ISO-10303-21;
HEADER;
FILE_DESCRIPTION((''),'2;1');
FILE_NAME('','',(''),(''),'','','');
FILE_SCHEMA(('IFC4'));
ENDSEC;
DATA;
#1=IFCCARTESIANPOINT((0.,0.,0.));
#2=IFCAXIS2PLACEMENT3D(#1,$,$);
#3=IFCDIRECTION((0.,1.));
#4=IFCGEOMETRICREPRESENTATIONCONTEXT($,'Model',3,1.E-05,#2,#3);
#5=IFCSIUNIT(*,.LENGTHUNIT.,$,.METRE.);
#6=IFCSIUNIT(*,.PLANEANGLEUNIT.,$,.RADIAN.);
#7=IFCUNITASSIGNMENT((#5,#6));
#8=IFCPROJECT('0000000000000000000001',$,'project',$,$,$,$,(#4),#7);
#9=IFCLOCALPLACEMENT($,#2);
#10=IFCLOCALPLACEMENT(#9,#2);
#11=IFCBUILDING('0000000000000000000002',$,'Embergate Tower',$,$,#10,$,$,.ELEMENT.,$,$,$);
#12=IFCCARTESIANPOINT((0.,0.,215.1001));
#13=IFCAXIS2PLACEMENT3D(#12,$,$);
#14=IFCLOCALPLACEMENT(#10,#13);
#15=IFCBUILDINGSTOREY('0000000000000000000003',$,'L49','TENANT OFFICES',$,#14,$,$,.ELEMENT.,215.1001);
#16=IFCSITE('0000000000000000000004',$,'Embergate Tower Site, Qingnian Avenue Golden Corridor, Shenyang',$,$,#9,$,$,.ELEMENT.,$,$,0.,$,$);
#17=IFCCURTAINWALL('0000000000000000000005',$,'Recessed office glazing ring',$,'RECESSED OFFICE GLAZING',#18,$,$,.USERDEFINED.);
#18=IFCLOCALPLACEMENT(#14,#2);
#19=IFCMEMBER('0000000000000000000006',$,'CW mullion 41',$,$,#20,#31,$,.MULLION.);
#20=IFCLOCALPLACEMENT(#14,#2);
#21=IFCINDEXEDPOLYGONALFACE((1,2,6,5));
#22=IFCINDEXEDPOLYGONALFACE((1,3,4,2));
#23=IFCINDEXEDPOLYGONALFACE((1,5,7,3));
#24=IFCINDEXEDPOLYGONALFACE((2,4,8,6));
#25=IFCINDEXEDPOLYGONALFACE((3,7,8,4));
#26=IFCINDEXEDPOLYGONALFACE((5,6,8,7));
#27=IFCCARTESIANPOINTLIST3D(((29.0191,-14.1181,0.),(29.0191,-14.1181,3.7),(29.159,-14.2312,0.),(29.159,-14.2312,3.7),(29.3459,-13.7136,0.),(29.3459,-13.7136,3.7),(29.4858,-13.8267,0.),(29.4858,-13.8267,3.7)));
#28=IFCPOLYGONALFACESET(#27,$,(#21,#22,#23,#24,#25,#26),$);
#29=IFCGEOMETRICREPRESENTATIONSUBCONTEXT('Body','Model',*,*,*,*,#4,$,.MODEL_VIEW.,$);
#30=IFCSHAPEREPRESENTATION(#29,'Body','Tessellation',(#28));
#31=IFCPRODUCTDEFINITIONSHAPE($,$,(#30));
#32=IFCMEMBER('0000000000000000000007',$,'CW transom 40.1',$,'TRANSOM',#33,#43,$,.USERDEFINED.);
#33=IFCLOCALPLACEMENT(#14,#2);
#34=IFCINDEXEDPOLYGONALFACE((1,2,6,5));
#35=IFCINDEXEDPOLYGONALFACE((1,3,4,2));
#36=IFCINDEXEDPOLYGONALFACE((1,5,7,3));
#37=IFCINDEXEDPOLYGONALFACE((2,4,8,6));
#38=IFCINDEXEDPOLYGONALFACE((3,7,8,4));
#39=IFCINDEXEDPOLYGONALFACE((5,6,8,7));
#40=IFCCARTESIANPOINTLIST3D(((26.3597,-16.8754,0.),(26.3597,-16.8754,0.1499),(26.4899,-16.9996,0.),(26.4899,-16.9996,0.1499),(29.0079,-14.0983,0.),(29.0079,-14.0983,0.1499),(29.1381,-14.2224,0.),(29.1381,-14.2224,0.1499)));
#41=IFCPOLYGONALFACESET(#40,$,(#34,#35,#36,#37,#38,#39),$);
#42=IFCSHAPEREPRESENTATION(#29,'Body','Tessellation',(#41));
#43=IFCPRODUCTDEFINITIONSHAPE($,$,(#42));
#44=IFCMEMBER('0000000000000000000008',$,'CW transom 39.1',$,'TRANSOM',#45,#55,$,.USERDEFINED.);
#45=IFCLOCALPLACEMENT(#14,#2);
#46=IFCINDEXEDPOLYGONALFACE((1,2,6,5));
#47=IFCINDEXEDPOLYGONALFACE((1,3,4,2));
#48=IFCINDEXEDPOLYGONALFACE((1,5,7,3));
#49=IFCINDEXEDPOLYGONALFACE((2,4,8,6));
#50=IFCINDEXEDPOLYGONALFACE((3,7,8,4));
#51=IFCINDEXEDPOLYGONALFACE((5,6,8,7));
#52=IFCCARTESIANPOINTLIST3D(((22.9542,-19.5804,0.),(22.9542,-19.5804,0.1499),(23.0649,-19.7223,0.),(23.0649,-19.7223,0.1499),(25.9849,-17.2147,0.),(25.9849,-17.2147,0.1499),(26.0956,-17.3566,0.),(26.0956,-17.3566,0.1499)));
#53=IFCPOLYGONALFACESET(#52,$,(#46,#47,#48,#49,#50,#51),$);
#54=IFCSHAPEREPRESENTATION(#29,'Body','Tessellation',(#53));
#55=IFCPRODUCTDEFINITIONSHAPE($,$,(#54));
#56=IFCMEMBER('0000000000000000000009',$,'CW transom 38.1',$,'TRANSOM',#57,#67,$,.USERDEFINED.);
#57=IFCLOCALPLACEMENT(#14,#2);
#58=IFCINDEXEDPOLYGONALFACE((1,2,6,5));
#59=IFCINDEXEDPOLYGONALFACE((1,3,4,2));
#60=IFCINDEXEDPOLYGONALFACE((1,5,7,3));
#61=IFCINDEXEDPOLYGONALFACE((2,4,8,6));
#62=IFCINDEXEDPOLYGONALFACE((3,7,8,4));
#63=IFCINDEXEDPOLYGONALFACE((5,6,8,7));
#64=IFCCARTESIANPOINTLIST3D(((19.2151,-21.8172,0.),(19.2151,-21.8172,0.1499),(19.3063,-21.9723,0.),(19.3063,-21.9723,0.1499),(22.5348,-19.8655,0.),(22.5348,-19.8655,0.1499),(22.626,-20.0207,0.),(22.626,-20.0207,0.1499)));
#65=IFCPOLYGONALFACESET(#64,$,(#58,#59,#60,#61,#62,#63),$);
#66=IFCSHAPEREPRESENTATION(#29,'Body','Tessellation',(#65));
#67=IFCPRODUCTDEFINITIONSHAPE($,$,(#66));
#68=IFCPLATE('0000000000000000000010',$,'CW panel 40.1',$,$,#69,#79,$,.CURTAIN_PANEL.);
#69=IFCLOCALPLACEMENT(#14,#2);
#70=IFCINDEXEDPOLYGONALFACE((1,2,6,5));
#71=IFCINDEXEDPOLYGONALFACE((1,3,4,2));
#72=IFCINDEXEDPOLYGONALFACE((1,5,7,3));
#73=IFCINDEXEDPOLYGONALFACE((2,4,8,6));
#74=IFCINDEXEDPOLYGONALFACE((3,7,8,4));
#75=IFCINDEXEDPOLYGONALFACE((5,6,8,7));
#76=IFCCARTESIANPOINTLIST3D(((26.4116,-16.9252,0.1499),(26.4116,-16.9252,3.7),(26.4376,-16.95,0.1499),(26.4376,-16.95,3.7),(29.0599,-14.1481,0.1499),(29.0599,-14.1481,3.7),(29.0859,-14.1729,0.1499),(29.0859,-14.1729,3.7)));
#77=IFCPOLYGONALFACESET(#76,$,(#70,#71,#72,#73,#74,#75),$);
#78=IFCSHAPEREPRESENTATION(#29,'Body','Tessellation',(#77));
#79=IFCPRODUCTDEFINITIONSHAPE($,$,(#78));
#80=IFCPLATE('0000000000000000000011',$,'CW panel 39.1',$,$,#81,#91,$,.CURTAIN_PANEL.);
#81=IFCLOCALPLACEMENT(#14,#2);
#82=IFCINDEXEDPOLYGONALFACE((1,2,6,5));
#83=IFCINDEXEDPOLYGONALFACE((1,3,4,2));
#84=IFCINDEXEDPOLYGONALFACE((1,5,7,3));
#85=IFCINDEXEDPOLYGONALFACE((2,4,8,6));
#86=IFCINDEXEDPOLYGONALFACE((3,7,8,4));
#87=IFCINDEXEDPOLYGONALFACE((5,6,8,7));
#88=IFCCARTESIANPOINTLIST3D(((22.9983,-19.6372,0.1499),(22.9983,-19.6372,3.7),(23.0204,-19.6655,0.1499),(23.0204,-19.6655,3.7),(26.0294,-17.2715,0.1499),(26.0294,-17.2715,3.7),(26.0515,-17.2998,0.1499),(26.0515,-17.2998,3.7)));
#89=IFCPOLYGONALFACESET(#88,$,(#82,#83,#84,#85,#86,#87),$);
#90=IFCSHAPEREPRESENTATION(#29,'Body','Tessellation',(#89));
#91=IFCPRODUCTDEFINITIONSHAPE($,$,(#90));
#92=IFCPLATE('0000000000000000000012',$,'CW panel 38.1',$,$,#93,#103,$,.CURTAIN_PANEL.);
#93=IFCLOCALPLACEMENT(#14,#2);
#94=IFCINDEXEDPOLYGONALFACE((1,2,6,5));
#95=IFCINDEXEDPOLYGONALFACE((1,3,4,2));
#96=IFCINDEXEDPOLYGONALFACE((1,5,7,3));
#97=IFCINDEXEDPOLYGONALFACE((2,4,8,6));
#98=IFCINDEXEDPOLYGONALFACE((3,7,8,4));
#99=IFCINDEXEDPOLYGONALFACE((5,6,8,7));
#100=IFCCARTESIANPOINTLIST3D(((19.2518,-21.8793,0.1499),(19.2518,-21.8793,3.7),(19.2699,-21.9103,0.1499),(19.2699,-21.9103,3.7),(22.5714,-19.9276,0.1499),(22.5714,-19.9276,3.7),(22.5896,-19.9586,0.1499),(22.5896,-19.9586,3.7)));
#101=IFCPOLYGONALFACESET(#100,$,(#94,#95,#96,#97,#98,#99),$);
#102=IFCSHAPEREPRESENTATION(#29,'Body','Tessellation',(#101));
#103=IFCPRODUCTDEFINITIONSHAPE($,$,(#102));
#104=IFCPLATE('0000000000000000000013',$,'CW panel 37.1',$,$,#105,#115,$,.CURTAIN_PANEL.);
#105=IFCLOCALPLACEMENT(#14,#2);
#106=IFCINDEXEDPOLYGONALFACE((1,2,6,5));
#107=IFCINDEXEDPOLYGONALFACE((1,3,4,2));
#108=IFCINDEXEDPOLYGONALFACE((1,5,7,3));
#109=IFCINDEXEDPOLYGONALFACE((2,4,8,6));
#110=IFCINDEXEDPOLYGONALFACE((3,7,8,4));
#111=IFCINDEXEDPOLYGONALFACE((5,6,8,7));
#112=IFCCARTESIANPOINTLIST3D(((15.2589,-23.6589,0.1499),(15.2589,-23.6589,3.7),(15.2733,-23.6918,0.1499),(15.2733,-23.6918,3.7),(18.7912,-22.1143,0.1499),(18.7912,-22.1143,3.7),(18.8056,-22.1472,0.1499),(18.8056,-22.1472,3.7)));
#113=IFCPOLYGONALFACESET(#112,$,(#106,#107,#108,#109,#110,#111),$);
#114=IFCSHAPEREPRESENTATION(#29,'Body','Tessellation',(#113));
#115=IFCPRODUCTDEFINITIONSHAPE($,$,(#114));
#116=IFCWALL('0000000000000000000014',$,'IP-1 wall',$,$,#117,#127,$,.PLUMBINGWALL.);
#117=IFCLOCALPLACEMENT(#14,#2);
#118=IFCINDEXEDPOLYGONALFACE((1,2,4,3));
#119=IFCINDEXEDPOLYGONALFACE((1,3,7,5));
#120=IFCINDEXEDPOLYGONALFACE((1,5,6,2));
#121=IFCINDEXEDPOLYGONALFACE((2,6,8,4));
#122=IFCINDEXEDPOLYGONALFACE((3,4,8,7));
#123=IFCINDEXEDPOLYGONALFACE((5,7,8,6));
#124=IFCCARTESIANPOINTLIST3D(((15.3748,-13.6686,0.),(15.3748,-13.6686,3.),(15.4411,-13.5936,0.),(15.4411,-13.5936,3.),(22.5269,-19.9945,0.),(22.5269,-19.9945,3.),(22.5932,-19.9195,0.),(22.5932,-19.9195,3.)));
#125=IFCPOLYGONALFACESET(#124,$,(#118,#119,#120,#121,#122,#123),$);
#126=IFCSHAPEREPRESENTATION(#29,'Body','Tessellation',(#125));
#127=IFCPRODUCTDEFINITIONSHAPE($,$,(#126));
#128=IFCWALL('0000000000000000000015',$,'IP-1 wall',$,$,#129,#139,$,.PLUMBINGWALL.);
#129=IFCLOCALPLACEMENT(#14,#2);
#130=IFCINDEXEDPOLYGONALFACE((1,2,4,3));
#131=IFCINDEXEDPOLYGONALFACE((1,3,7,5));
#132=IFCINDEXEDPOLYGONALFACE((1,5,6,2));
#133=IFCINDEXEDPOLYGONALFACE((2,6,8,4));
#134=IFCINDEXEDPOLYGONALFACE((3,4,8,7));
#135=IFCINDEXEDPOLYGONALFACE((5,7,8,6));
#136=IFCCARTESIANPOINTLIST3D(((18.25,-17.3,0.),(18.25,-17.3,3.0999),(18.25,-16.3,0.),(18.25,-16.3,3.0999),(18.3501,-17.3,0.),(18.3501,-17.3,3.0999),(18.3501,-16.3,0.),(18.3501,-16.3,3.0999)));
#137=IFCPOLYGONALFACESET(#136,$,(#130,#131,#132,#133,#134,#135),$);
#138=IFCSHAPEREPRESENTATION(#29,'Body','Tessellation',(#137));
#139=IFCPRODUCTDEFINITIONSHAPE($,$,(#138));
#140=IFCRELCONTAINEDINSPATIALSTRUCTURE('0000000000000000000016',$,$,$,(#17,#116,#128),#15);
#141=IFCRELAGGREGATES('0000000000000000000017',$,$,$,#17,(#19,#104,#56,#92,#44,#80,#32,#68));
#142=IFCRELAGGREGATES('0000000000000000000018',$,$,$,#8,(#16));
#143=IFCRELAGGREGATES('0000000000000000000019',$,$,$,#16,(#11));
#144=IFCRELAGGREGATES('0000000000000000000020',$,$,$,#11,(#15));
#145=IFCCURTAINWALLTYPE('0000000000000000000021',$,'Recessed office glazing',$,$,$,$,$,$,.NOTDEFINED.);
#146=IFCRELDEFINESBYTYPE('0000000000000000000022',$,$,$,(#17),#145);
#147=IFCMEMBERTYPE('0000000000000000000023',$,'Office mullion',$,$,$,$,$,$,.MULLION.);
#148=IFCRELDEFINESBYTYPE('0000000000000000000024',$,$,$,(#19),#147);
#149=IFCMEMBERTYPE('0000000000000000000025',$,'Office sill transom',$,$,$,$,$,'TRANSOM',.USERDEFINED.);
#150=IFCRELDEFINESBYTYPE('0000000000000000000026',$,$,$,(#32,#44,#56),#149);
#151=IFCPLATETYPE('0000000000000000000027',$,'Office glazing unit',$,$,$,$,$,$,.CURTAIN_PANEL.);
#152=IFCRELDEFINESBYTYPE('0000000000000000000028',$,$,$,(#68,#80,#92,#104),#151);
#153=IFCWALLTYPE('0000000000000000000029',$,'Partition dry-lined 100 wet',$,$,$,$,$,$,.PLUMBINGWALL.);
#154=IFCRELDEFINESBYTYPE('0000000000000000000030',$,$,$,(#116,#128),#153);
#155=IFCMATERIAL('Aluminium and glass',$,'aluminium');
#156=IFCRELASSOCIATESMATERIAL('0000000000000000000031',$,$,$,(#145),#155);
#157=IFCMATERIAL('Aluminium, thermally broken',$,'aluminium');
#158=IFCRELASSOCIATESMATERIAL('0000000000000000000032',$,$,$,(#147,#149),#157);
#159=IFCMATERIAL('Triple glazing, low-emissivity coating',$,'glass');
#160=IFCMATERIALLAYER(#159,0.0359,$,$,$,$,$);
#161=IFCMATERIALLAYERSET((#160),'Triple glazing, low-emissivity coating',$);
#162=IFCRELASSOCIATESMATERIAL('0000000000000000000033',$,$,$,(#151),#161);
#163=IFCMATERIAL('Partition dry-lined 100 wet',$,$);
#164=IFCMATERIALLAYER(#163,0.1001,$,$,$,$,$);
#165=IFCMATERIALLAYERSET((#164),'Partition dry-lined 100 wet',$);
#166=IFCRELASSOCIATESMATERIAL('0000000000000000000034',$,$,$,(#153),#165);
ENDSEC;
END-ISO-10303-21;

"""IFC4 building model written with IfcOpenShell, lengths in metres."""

from ifc_helpers import new_model, si_unit, direction, frame, frame_2d, origin, origin_2d, place, context, subcontext, project, spatial, rectangle, extrude, source, transform, mapped, material, layer, layer_set, material_profile, profile_set, type_object, element, aggregate, save


model = new_model("IFC4")

# Units and contexts
model_context = context("Model", 3, precision=1e-05, world=origin(), true_north=direction((0.0, 1.0)))
body_context = subcontext(model_context, "Body", "Model", "MODEL_VIEW")
ifc_project = project(units=[si_unit("LENGTHUNIT", "METRE"), si_unit("PLANEANGLEUNIT", "RADIAN")], contexts=[model_context])

# Site, building, storey
site_placement = place(None, origin())
site = spatial("IfcSite", under=ifc_project, at=site_placement, Name="Embergate Tower Site, Qingnian Avenue Golden Corridor, Shenyang", CompositionType="ELEMENT", RefElevation=0.0)
building_placement = place(site_placement, origin())
building = spatial("IfcBuilding", under=site, at=building_placement, Name="Embergate Tower", CompositionType="ELEMENT")
storey_placement = place(building_placement, frame((0.0, 0.0, 215.1001)))
storey = spatial("IfcBuildingStorey", under=building, at=storey_placement, Name="L49", Description="TENANT OFFICES", CompositionType="ELEMENT", Elevation=215.1001)

# Curtain wall, members, plates
ifc_material_1 = material(Name="Aluminium and glass", Category="aluminium")
curtain_wall_type = type_object("IfcCurtainWallType", Name="Recessed office glazing", PredefinedType="NOTDEFINED", material=ifc_material_1)
curtain_wall_placement = place(storey_placement, origin())
curtain_wall = element("IfcCurtainWall", 1, at=curtain_wall_placement, inside=storey, type_object=curtain_wall_type, Name="Recessed office glazing ring", ObjectType="RECESSED OFFICE GLAZING", PredefinedType="USERDEFINED")
ifc_material_2 = material(Name="Aluminium, thermally broken", Category="aluminium")
ifc_material_profile_1 = material_profile(ifc_material_2, rectangle(XDim=0.1799, YDim=0.52, at=origin_2d()), Name="AL 520x180")
ifc_profile_set_1 = profile_set([ifc_material_profile_1], Name="Aluminium, thermally broken")
member_type_1 = type_object("IfcMemberType", Name="Office mullion", PredefinedType="MULLION", material=ifc_profile_set_1)
shared_shape_1 = source(origin(), body_context, "Body", "SweptSolid", [
    extrude(rectangle(XDim=0.1799, YDim=0.52, at=origin_2d()), origin(), (0.0, 0.0, 1.0), 3.7),
])
member_1_placement = place(storey_placement, frame((29.2524, -13.9724, 0.0), z_axis=(0.0, 0.0, 1.0), x_axis=(-0.777875, 0.628419, 0.0)))
member_1 = element("IfcMember", 2, at=member_1_placement, type_object=member_type_1, Name="CW mullion 41", PredefinedType="MULLION", context=body_context, shape_type="MappedRepresentation", body=[
    mapped(shared_shape_1, transform((0.0, 0.0, 0.0))),
])
ifc_material_profile_2 = material_profile(ifc_material_2, rectangle(XDim=0.1799, YDim=0.1499, at=origin_2d()), Name="AL 150x180")
ifc_profile_set_2 = profile_set([ifc_material_profile_2], Name="Aluminium, thermally broken")
member_type_2 = type_object("IfcMemberType", Name="Office sill transom", ElementType="TRANSOM", PredefinedType="USERDEFINED", material=ifc_profile_set_2)
shared_shape_2 = source(origin(), body_context, "Body", "SweptSolid", [
    extrude(rectangle(XDim=0.1799, YDim=0.1499, at=origin_2d()), origin(), (0.0, 0.0, 1.0), 3.8374),
])
member_2_placement = place(storey_placement, frame((26.4248, -16.9375, 0.075), z_axis=(0.690111, 0.723704, 0.0), x_axis=(-0.723704, 0.690111, 0.0)))
member_2 = element("IfcMember", 3, at=member_2_placement, type_object=member_type_2, Name="CW transom 40.1", ObjectType="TRANSOM", PredefinedType="USERDEFINED", context=body_context, shape_type="MappedRepresentation", body=[
    mapped(shared_shape_2, transform((0.0, 0.0, 0.0))),
])
shared_shape_3 = source(origin(), body_context, "Body", "SweptSolid", [
    extrude(rectangle(XDim=0.1799, YDim=0.1499, at=origin_2d()), origin(), (0.0, 0.0, 1.0), 3.8447),
])
member_3_placement = place(storey_placement, frame((23.0095, -19.6514, 0.075), z_axis=(0.788284, 0.615311, 0.0), x_axis=(-0.615311, 0.788284, 0.0)))
member_3 = element("IfcMember", 4, at=member_3_placement, type_object=member_type_2, Name="CW transom 39.1", ObjectType="TRANSOM", PredefinedType="USERDEFINED", context=body_context, shape_type="MappedRepresentation", body=[
    mapped(shared_shape_3, transform((0.0, 0.0, 0.0))),
])
shared_shape_4 = source(origin(), body_context, "Body", "SweptSolid", [
    extrude(rectangle(XDim=0.1799, YDim=0.1499, at=origin_2d()), origin(), (0.0, 0.0, 1.0), 3.8508),
])
member_4_placement = place(storey_placement, frame((19.2607, -21.8948, 0.075), z_axis=(0.862052, 0.506821, 0.0), x_axis=(-0.506821, 0.862052, 0.0)))
member_4 = element("IfcMember", 5, at=member_4_placement, type_object=member_type_2, Name="CW transom 38.1", ObjectType="TRANSOM", PredefinedType="USERDEFINED", context=body_context, shape_type="MappedRepresentation", body=[
    mapped(shared_shape_4, transform((0.0, 0.0, 0.0))),
])
ifc_material_3 = material(Name="Triple glazing, low-emissivity coating", Category="glass")
ifc_layer_1 = layer(ifc_material_3, 0.0359)
ifc_layer_set_1 = layer_set([ifc_layer_1], Name="Triple glazing, low-emissivity coating")
plate_type = type_object("IfcPlateType", Name="Office glazing unit", PredefinedType="CURTAIN_PANEL", material=ifc_layer_set_1)
shared_shape_5 = source(origin(), body_context, "Body", "SweptSolid", [
    extrude(rectangle(XDim=3.8374, YDim=0.0359, at=origin_2d()), origin(), (0.0, 0.0, 1.0), 3.55),
])
plate_1_placement = place(storey_placement, frame((27.7488, -15.5491, 0.1499), z_axis=(0.0, 0.0, 1.0), x_axis=(0.690129, 0.723687, 0.0)))
plate_1 = element("IfcPlate", 6, at=plate_1_placement, type_object=plate_type, Name="CW panel 40.1", PredefinedType="CURTAIN_PANEL", context=body_context, shape_type="MappedRepresentation", body=[
    mapped(shared_shape_5, transform((0.0, 0.0, 0.0))),
])
shared_shape_6 = source(origin(), body_context, "Body", "SweptSolid", [
    extrude(rectangle(XDim=3.845, YDim=0.0359, at=origin_2d()), origin(), (0.0, 0.0, 1.0), 3.55),
])
plate_2_placement = place(storey_placement, frame((24.5249, -18.4685, 0.1499), z_axis=(0.0, 0.0, 1.0), x_axis=(0.788316, 0.615271, 0.0)))
plate_2 = element("IfcPlate", 7, at=plate_2_placement, type_object=plate_type, Name="CW panel 39.1", PredefinedType="CURTAIN_PANEL", context=body_context, shape_type="MappedRepresentation", body=[
    mapped(shared_shape_6, transform((0.0, 0.0, 0.0))),
])
shared_shape_7 = source(origin(), body_context, "Body", "SweptSolid", [
    extrude(rectangle(XDim=3.8508, YDim=0.0359, at=origin_2d()), origin(), (0.0, 0.0, 1.0), 3.55),
])
plate_3_placement = place(storey_placement, frame((20.9207, -20.9189, 0.1499), z_axis=(0.0, 0.0, 1.0), x_axis=(0.86205, 0.506824, 0.0)))
plate_3 = element("IfcPlate", 8, at=plate_3_placement, type_object=plate_type, Name="CW panel 38.1", PredefinedType="CURTAIN_PANEL", context=body_context, shape_type="MappedRepresentation", body=[
    mapped(shared_shape_7, transform((0.0, 0.0, 0.0))),
])
shared_shape_8 = source(origin(), body_context, "Body", "SweptSolid", [
    extrude(rectangle(XDim=3.8552, YDim=0.0359, at=origin_2d()), origin(), (0.0, 0.0, 1.0), 3.55),
])
plate_4_placement = place(storey_placement, frame((17.0322, -22.9031, 0.1499), z_axis=(0.0, 0.0, 1.0), x_axis=(0.916233, 0.400645, 0.0)))
plate_4 = element("IfcPlate", 9, at=plate_4_placement, type_object=plate_type, Name="CW panel 37.1", PredefinedType="CURTAIN_PANEL", context=body_context, shape_type="MappedRepresentation", body=[
    mapped(shared_shape_8, transform((0.0, 0.0, 0.0))),
])
aggregate(curtain_wall, [member_1, plate_4, member_4, plate_3, member_3, plate_2, member_2, plate_1])

# Walls
ifc_material_4 = material(Name="Partition dry-lined 100 wet")
ifc_layer_2 = layer(ifc_material_4, 0.1001)
ifc_layer_set_2 = layer_set([ifc_layer_2], Name="Partition dry-lined 100 wet")
wall_type = type_object("IfcWallType", Name="Partition dry-lined 100 wet", PredefinedType="PLUMBINGWALL", material=ifc_layer_set_2)
shared_shape_9 = source(origin(), body_context, "Body", "SweptSolid", [
    extrude(rectangle(XDim=9.5483, YDim=0.1001, at=frame_2d((4.7742, 0.0))), origin(), (0.0, 0.0, 1.0), 3.0),
])
wall_1_placement = place(storey_placement, frame((22.5601, -19.957, 0.0), z_axis=(0.0, 0.0, 1.0), x_axis=(-0.749045, 0.662519, 0.0)))
element("IfcWall", 10, at=wall_1_placement, inside=storey, type_object=wall_type, Name="IP-1 wall", PredefinedType="PLUMBINGWALL", context=body_context, shape_type="MappedRepresentation", body=[
    mapped(shared_shape_9, transform((0.0, 0.0, 0.0))),
])
shared_shape_10 = source(origin(), body_context, "Body", "SweptSolid", [
    extrude(rectangle(XDim=1.0, YDim=0.1001, at=frame_2d((0.5, 0.0))), origin(), (0.0, 0.0, 1.0), 3.0999),
])
wall_2_placement = place(storey_placement, frame((18.3, -17.3, 0.0), z_axis=(0.0, 0.0, 1.0), x_axis=(0.0, 1.0, 0.0)))
element("IfcWall", 11, at=wall_2_placement, inside=storey, type_object=wall_type, Name="IP-1 wall", PredefinedType="PLUMBINGWALL", context=body_context, shape_type="MappedRepresentation", body=[
    mapped(shared_shape_10, transform((0.0, 0.0, 0.0))),
])

save(model, "model.ifc")
